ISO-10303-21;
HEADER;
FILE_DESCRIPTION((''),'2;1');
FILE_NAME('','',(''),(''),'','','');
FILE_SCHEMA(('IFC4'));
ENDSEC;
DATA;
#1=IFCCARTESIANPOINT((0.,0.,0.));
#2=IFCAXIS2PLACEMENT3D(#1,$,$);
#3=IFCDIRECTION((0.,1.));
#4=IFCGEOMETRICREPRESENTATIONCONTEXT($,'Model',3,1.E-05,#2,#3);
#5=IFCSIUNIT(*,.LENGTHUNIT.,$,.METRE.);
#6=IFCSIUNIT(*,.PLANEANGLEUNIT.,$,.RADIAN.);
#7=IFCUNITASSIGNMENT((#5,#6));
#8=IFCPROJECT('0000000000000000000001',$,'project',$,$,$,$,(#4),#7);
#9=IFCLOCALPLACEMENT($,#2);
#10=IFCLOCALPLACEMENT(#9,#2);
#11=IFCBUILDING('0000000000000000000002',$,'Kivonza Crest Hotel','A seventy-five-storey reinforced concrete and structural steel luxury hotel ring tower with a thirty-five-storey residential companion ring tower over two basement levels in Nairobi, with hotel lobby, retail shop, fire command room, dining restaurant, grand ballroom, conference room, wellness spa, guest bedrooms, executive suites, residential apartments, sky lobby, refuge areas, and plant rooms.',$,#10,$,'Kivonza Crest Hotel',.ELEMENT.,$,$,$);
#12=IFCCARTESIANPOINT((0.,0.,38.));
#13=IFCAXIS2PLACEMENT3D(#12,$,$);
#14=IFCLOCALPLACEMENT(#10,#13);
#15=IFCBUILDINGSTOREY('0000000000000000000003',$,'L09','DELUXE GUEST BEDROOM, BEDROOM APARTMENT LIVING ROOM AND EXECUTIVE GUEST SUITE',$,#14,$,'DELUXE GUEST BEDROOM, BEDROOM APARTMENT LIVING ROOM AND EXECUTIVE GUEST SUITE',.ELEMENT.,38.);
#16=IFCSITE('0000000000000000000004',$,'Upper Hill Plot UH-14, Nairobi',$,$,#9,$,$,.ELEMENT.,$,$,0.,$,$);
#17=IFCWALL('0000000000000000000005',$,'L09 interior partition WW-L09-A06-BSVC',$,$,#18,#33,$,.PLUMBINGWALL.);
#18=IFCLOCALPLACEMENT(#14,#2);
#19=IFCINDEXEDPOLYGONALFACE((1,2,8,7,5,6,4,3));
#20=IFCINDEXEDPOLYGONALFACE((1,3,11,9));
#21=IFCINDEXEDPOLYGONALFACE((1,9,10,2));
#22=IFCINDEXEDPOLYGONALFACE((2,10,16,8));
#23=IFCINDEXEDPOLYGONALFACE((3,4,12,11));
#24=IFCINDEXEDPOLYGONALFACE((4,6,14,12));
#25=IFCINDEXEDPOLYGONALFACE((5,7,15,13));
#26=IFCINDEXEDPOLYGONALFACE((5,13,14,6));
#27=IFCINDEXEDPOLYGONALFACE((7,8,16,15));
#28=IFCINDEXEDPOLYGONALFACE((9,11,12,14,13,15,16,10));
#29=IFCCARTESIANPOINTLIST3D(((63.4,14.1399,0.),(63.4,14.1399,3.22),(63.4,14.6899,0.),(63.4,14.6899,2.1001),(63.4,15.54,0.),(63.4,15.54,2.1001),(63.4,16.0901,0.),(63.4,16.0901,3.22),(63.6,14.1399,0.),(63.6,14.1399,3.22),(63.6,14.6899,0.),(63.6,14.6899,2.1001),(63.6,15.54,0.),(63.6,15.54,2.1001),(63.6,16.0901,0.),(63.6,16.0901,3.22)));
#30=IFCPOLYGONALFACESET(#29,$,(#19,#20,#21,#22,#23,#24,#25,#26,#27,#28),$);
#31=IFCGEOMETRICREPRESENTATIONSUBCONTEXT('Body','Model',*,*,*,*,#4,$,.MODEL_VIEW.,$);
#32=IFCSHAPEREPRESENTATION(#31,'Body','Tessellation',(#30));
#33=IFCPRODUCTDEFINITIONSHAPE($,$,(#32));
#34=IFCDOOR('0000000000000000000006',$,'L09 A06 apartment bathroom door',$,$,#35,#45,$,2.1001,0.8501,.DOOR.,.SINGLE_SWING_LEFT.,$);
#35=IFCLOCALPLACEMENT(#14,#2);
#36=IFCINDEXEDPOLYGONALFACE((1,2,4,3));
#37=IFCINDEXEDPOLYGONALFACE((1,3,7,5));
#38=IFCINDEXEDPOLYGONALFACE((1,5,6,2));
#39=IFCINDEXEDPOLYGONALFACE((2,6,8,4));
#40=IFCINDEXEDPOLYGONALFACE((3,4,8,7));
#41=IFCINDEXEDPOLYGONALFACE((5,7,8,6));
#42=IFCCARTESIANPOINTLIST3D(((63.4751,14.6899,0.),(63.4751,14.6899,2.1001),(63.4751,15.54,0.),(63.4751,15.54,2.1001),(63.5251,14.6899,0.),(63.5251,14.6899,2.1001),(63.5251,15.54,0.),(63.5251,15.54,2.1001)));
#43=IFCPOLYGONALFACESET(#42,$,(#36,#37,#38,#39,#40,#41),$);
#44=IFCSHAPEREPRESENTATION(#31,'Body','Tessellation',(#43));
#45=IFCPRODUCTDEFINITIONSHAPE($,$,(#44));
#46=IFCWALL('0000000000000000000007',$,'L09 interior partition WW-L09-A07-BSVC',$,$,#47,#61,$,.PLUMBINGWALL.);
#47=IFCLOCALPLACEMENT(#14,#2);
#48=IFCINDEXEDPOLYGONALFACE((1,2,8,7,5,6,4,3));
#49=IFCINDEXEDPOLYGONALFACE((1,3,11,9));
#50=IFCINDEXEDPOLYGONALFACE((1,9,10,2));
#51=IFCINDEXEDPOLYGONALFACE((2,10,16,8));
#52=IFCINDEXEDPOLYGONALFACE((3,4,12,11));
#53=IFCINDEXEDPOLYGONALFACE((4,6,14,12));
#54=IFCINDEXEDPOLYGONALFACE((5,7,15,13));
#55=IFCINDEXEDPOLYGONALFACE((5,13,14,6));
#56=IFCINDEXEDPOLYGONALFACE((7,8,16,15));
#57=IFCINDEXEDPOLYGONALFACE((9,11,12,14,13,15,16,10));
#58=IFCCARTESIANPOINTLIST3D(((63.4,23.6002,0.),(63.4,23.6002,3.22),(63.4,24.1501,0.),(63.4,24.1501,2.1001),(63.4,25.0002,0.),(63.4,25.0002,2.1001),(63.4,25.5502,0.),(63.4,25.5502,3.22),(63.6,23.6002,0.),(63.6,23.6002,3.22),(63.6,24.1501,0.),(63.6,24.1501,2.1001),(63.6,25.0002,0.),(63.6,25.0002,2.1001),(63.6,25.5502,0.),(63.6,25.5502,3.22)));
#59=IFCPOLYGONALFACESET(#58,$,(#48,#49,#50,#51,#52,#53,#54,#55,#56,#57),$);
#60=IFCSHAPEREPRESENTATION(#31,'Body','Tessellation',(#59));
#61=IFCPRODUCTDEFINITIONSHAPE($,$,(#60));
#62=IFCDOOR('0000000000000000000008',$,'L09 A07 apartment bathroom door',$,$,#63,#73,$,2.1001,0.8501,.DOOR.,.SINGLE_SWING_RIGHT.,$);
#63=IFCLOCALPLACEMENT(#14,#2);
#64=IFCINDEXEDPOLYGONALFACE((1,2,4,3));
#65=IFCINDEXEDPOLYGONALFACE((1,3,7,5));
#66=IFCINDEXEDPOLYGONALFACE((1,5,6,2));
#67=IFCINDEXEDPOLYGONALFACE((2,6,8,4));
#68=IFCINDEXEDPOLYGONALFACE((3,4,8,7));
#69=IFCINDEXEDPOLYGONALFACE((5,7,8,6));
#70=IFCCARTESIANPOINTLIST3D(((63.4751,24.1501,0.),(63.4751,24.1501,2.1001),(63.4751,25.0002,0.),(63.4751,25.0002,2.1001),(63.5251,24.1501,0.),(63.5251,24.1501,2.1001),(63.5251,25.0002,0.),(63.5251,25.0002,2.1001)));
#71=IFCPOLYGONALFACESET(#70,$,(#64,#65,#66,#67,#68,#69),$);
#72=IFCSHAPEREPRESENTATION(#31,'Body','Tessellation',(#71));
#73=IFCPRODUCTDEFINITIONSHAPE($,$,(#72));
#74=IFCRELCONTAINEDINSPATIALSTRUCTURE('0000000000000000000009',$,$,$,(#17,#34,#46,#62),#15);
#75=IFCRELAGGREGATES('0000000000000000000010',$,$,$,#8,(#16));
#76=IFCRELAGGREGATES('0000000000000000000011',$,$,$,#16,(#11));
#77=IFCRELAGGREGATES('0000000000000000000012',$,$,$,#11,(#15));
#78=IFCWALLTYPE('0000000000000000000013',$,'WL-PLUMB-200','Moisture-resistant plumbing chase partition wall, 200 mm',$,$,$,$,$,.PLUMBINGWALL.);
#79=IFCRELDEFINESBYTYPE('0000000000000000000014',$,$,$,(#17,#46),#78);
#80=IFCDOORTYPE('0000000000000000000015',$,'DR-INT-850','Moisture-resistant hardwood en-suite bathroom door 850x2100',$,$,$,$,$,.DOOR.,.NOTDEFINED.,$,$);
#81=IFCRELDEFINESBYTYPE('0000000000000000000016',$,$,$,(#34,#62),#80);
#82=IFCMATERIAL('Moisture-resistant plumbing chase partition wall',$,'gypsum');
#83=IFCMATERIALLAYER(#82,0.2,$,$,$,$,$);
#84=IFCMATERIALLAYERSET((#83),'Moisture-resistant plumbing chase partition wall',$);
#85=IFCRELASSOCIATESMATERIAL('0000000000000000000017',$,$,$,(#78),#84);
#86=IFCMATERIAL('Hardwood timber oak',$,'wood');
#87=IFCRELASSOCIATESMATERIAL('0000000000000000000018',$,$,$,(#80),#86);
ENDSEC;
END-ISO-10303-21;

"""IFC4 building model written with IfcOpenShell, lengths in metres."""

from ifc_helpers import new_model, si_unit, direction, frame, frame_2d, origin, place, context, subcontext, project, spatial, rectangle, extrude, material, layer, layer_set, type_object, element, fill, save


model = new_model("IFC4")

# Units and contexts
model_context = context("Model", 3, precision=1e-05, world=origin(), true_north=direction((0.0, 1.0)))
body_context = subcontext(model_context, "Body", "Model", "MODEL_VIEW")
ifc_project = project(units=[si_unit("LENGTHUNIT", "METRE"), si_unit("PLANEANGLEUNIT", "RADIAN")], contexts=[model_context])

# Site, building, storey
site_placement = place(None, origin())
site = spatial("IfcSite", under=ifc_project, at=site_placement, Name="Upper Hill Plot UH-14, Nairobi", CompositionType="ELEMENT", RefElevation=0.0)
building_placement = place(site_placement, origin())
building = spatial("IfcBuilding", under=site, at=building_placement, Name="Kivonza Crest Hotel", Description="A seventy-five-storey reinforced concrete and structural steel luxury hotel ring tower with a thirty-five-storey residential companion ring tower over two basement levels in Nairobi, with hotel lobby, retail shop, fire command room, dining restaurant, grand ballroom, conference room, wellness spa, guest bedrooms, executive suites, residential apartments, sky lobby, refuge areas, and plant rooms.", LongName="Kivonza Crest Hotel", CompositionType="ELEMENT")
storey_placement = place(building_placement, frame((0.0, 0.0, 38.0)))
storey = spatial("IfcBuildingStorey", under=building, at=storey_placement, Name="L09", Description="DELUXE GUEST BEDROOM, BEDROOM APARTMENT LIVING ROOM AND EXECUTIVE GUEST SUITE", LongName="DELUXE GUEST BEDROOM, BEDROOM APARTMENT LIVING ROOM AND EXECUTIVE GUEST SUITE", CompositionType="ELEMENT", Elevation=38.0)

# Walls, openings, doors
ifc_material_1 = material(Name="Hardwood timber oak", Category="wood")
ifc_material_2 = material(Name="Moisture-resistant plumbing chase partition wall", Category="gypsum")
ifc_layer_1 = layer(ifc_material_2, 0.2)
ifc_layer_set_1 = layer_set([ifc_layer_1], Name="Moisture-resistant plumbing chase partition wall")
wall_type_1 = type_object("IfcWallType", Name="WL-PLUMB-200", Description="Moisture-resistant plumbing chase partition wall, 200 mm", PredefinedType="PLUMBINGWALL", material=ifc_layer_set_1)
wall_1_placement = place(storey_placement, frame((63.5, 14.1399, 0.0), z_axis=(0.0, 0.0, 1.0), x_axis=(0.0, 1.0, 0.0)))
wall_1 = element("IfcWall", 1, at=wall_1_placement, inside=storey, type_object=wall_type_1, Name="L09 interior partition WW-L09-A06-BSVC", PredefinedType="PLUMBINGWALL", context=body_context, shape_type="SweptSolid", body=[
    extrude(rectangle(XDim=1.9502, YDim=0.2, at=frame_2d((0.9751, 0.0))), origin(), (0.0, 0.0, 1.0), 3.22),
])
opening_1_placement = place(wall_1_placement, frame((0.55, 0.0, 0.0)))
opening_1 = element("IfcOpeningElement", 2, at=opening_1_placement, cuts=wall_1, PredefinedType="OPENING", context=body_context, shape_type="SweptSolid", body=[
    extrude(rectangle(XDim=0.8501, YDim=2.1001, at=frame_2d((0.425, 1.05))), frame((0.0, 0.1099, 0.0), z_axis=(0.0, -1.0, 0.0), x_axis=(1.0, 0.0, 0.0)), (0.0, 0.0, 1.0), 0.22),
])
door_type_1 = type_object("IfcDoorType", Name="DR-INT-850", Description="Moisture-resistant hardwood en-suite bathroom door 850x2100", OperationType="NOTDEFINED", PredefinedType="DOOR", material=ifc_material_1)
door_1_placement = place(opening_1_placement, origin())
door_1 = element("IfcDoor", 3, at=door_1_placement, inside=storey, type_object=door_type_1, Name="L09 A06 apartment bathroom door", OperationType="SINGLE_SWING_LEFT", OverallHeight=2.1001, OverallWidth=0.8501, PredefinedType="DOOR", context=body_context, shape_type="SweptSolid", body=[
    extrude(rectangle(XDim=0.8501, YDim=2.1001, at=frame_2d((0.425, 1.05))), frame((0.0, 0.0249, 0.0), z_axis=(0.0, -1.0, 0.0), x_axis=(1.0, 0.0, 0.0)), (0.0, 0.0, 1.0), 0.05),
])
fill(opening_1, door_1)
wall_2_placement = place(storey_placement, frame((63.5, 23.6001, 0.0), z_axis=(0.0, 0.0, 1.0), x_axis=(0.0, 1.0, 0.0)))
wall_2 = element("IfcWall", 4, at=wall_2_placement, inside=storey, type_object=wall_type_1, Name="L09 interior partition WW-L09-A07-BSVC", PredefinedType="PLUMBINGWALL", context=body_context, shape_type="SweptSolid", body=[
    extrude(rectangle(XDim=1.95, YDim=0.2, at=frame_2d((0.9751, 0.0))), origin(), (0.0, 0.0, 1.0), 3.22),
])
opening_2_placement = place(wall_2_placement, frame((0.55, 0.0, 0.0)))
opening_2 = element("IfcOpeningElement", 5, at=opening_2_placement, cuts=wall_2, PredefinedType="OPENING", context=body_context, shape_type="SweptSolid", body=[
    extrude(rectangle(XDim=0.8501, YDim=2.1001, at=frame_2d((0.425, 1.05))), frame((0.0, 0.1099, 0.0), z_axis=(0.0, -1.0, 0.0), x_axis=(1.0, 0.0, 0.0)), (0.0, 0.0, 1.0), 0.22),
])
door_2_placement = place(opening_2_placement, origin())
door_2 = element("IfcDoor", 6, at=door_2_placement, inside=storey, type_object=door_type_1, Name="L09 A07 apartment bathroom door", OperationType="SINGLE_SWING_RIGHT", OverallHeight=2.1001, OverallWidth=0.8501, PredefinedType="DOOR", context=body_context, shape_type="SweptSolid", body=[
    extrude(rectangle(XDim=0.8501, YDim=2.1001, at=frame_2d((0.425, 1.05))), frame((0.0, 0.0249, 0.0), z_axis=(0.0, -1.0, 0.0), x_axis=(1.0, 0.0, 0.0)), (0.0, 0.0, 1.0), 0.05),
])
fill(opening_2, door_2)

save(model, "model.ifc")
